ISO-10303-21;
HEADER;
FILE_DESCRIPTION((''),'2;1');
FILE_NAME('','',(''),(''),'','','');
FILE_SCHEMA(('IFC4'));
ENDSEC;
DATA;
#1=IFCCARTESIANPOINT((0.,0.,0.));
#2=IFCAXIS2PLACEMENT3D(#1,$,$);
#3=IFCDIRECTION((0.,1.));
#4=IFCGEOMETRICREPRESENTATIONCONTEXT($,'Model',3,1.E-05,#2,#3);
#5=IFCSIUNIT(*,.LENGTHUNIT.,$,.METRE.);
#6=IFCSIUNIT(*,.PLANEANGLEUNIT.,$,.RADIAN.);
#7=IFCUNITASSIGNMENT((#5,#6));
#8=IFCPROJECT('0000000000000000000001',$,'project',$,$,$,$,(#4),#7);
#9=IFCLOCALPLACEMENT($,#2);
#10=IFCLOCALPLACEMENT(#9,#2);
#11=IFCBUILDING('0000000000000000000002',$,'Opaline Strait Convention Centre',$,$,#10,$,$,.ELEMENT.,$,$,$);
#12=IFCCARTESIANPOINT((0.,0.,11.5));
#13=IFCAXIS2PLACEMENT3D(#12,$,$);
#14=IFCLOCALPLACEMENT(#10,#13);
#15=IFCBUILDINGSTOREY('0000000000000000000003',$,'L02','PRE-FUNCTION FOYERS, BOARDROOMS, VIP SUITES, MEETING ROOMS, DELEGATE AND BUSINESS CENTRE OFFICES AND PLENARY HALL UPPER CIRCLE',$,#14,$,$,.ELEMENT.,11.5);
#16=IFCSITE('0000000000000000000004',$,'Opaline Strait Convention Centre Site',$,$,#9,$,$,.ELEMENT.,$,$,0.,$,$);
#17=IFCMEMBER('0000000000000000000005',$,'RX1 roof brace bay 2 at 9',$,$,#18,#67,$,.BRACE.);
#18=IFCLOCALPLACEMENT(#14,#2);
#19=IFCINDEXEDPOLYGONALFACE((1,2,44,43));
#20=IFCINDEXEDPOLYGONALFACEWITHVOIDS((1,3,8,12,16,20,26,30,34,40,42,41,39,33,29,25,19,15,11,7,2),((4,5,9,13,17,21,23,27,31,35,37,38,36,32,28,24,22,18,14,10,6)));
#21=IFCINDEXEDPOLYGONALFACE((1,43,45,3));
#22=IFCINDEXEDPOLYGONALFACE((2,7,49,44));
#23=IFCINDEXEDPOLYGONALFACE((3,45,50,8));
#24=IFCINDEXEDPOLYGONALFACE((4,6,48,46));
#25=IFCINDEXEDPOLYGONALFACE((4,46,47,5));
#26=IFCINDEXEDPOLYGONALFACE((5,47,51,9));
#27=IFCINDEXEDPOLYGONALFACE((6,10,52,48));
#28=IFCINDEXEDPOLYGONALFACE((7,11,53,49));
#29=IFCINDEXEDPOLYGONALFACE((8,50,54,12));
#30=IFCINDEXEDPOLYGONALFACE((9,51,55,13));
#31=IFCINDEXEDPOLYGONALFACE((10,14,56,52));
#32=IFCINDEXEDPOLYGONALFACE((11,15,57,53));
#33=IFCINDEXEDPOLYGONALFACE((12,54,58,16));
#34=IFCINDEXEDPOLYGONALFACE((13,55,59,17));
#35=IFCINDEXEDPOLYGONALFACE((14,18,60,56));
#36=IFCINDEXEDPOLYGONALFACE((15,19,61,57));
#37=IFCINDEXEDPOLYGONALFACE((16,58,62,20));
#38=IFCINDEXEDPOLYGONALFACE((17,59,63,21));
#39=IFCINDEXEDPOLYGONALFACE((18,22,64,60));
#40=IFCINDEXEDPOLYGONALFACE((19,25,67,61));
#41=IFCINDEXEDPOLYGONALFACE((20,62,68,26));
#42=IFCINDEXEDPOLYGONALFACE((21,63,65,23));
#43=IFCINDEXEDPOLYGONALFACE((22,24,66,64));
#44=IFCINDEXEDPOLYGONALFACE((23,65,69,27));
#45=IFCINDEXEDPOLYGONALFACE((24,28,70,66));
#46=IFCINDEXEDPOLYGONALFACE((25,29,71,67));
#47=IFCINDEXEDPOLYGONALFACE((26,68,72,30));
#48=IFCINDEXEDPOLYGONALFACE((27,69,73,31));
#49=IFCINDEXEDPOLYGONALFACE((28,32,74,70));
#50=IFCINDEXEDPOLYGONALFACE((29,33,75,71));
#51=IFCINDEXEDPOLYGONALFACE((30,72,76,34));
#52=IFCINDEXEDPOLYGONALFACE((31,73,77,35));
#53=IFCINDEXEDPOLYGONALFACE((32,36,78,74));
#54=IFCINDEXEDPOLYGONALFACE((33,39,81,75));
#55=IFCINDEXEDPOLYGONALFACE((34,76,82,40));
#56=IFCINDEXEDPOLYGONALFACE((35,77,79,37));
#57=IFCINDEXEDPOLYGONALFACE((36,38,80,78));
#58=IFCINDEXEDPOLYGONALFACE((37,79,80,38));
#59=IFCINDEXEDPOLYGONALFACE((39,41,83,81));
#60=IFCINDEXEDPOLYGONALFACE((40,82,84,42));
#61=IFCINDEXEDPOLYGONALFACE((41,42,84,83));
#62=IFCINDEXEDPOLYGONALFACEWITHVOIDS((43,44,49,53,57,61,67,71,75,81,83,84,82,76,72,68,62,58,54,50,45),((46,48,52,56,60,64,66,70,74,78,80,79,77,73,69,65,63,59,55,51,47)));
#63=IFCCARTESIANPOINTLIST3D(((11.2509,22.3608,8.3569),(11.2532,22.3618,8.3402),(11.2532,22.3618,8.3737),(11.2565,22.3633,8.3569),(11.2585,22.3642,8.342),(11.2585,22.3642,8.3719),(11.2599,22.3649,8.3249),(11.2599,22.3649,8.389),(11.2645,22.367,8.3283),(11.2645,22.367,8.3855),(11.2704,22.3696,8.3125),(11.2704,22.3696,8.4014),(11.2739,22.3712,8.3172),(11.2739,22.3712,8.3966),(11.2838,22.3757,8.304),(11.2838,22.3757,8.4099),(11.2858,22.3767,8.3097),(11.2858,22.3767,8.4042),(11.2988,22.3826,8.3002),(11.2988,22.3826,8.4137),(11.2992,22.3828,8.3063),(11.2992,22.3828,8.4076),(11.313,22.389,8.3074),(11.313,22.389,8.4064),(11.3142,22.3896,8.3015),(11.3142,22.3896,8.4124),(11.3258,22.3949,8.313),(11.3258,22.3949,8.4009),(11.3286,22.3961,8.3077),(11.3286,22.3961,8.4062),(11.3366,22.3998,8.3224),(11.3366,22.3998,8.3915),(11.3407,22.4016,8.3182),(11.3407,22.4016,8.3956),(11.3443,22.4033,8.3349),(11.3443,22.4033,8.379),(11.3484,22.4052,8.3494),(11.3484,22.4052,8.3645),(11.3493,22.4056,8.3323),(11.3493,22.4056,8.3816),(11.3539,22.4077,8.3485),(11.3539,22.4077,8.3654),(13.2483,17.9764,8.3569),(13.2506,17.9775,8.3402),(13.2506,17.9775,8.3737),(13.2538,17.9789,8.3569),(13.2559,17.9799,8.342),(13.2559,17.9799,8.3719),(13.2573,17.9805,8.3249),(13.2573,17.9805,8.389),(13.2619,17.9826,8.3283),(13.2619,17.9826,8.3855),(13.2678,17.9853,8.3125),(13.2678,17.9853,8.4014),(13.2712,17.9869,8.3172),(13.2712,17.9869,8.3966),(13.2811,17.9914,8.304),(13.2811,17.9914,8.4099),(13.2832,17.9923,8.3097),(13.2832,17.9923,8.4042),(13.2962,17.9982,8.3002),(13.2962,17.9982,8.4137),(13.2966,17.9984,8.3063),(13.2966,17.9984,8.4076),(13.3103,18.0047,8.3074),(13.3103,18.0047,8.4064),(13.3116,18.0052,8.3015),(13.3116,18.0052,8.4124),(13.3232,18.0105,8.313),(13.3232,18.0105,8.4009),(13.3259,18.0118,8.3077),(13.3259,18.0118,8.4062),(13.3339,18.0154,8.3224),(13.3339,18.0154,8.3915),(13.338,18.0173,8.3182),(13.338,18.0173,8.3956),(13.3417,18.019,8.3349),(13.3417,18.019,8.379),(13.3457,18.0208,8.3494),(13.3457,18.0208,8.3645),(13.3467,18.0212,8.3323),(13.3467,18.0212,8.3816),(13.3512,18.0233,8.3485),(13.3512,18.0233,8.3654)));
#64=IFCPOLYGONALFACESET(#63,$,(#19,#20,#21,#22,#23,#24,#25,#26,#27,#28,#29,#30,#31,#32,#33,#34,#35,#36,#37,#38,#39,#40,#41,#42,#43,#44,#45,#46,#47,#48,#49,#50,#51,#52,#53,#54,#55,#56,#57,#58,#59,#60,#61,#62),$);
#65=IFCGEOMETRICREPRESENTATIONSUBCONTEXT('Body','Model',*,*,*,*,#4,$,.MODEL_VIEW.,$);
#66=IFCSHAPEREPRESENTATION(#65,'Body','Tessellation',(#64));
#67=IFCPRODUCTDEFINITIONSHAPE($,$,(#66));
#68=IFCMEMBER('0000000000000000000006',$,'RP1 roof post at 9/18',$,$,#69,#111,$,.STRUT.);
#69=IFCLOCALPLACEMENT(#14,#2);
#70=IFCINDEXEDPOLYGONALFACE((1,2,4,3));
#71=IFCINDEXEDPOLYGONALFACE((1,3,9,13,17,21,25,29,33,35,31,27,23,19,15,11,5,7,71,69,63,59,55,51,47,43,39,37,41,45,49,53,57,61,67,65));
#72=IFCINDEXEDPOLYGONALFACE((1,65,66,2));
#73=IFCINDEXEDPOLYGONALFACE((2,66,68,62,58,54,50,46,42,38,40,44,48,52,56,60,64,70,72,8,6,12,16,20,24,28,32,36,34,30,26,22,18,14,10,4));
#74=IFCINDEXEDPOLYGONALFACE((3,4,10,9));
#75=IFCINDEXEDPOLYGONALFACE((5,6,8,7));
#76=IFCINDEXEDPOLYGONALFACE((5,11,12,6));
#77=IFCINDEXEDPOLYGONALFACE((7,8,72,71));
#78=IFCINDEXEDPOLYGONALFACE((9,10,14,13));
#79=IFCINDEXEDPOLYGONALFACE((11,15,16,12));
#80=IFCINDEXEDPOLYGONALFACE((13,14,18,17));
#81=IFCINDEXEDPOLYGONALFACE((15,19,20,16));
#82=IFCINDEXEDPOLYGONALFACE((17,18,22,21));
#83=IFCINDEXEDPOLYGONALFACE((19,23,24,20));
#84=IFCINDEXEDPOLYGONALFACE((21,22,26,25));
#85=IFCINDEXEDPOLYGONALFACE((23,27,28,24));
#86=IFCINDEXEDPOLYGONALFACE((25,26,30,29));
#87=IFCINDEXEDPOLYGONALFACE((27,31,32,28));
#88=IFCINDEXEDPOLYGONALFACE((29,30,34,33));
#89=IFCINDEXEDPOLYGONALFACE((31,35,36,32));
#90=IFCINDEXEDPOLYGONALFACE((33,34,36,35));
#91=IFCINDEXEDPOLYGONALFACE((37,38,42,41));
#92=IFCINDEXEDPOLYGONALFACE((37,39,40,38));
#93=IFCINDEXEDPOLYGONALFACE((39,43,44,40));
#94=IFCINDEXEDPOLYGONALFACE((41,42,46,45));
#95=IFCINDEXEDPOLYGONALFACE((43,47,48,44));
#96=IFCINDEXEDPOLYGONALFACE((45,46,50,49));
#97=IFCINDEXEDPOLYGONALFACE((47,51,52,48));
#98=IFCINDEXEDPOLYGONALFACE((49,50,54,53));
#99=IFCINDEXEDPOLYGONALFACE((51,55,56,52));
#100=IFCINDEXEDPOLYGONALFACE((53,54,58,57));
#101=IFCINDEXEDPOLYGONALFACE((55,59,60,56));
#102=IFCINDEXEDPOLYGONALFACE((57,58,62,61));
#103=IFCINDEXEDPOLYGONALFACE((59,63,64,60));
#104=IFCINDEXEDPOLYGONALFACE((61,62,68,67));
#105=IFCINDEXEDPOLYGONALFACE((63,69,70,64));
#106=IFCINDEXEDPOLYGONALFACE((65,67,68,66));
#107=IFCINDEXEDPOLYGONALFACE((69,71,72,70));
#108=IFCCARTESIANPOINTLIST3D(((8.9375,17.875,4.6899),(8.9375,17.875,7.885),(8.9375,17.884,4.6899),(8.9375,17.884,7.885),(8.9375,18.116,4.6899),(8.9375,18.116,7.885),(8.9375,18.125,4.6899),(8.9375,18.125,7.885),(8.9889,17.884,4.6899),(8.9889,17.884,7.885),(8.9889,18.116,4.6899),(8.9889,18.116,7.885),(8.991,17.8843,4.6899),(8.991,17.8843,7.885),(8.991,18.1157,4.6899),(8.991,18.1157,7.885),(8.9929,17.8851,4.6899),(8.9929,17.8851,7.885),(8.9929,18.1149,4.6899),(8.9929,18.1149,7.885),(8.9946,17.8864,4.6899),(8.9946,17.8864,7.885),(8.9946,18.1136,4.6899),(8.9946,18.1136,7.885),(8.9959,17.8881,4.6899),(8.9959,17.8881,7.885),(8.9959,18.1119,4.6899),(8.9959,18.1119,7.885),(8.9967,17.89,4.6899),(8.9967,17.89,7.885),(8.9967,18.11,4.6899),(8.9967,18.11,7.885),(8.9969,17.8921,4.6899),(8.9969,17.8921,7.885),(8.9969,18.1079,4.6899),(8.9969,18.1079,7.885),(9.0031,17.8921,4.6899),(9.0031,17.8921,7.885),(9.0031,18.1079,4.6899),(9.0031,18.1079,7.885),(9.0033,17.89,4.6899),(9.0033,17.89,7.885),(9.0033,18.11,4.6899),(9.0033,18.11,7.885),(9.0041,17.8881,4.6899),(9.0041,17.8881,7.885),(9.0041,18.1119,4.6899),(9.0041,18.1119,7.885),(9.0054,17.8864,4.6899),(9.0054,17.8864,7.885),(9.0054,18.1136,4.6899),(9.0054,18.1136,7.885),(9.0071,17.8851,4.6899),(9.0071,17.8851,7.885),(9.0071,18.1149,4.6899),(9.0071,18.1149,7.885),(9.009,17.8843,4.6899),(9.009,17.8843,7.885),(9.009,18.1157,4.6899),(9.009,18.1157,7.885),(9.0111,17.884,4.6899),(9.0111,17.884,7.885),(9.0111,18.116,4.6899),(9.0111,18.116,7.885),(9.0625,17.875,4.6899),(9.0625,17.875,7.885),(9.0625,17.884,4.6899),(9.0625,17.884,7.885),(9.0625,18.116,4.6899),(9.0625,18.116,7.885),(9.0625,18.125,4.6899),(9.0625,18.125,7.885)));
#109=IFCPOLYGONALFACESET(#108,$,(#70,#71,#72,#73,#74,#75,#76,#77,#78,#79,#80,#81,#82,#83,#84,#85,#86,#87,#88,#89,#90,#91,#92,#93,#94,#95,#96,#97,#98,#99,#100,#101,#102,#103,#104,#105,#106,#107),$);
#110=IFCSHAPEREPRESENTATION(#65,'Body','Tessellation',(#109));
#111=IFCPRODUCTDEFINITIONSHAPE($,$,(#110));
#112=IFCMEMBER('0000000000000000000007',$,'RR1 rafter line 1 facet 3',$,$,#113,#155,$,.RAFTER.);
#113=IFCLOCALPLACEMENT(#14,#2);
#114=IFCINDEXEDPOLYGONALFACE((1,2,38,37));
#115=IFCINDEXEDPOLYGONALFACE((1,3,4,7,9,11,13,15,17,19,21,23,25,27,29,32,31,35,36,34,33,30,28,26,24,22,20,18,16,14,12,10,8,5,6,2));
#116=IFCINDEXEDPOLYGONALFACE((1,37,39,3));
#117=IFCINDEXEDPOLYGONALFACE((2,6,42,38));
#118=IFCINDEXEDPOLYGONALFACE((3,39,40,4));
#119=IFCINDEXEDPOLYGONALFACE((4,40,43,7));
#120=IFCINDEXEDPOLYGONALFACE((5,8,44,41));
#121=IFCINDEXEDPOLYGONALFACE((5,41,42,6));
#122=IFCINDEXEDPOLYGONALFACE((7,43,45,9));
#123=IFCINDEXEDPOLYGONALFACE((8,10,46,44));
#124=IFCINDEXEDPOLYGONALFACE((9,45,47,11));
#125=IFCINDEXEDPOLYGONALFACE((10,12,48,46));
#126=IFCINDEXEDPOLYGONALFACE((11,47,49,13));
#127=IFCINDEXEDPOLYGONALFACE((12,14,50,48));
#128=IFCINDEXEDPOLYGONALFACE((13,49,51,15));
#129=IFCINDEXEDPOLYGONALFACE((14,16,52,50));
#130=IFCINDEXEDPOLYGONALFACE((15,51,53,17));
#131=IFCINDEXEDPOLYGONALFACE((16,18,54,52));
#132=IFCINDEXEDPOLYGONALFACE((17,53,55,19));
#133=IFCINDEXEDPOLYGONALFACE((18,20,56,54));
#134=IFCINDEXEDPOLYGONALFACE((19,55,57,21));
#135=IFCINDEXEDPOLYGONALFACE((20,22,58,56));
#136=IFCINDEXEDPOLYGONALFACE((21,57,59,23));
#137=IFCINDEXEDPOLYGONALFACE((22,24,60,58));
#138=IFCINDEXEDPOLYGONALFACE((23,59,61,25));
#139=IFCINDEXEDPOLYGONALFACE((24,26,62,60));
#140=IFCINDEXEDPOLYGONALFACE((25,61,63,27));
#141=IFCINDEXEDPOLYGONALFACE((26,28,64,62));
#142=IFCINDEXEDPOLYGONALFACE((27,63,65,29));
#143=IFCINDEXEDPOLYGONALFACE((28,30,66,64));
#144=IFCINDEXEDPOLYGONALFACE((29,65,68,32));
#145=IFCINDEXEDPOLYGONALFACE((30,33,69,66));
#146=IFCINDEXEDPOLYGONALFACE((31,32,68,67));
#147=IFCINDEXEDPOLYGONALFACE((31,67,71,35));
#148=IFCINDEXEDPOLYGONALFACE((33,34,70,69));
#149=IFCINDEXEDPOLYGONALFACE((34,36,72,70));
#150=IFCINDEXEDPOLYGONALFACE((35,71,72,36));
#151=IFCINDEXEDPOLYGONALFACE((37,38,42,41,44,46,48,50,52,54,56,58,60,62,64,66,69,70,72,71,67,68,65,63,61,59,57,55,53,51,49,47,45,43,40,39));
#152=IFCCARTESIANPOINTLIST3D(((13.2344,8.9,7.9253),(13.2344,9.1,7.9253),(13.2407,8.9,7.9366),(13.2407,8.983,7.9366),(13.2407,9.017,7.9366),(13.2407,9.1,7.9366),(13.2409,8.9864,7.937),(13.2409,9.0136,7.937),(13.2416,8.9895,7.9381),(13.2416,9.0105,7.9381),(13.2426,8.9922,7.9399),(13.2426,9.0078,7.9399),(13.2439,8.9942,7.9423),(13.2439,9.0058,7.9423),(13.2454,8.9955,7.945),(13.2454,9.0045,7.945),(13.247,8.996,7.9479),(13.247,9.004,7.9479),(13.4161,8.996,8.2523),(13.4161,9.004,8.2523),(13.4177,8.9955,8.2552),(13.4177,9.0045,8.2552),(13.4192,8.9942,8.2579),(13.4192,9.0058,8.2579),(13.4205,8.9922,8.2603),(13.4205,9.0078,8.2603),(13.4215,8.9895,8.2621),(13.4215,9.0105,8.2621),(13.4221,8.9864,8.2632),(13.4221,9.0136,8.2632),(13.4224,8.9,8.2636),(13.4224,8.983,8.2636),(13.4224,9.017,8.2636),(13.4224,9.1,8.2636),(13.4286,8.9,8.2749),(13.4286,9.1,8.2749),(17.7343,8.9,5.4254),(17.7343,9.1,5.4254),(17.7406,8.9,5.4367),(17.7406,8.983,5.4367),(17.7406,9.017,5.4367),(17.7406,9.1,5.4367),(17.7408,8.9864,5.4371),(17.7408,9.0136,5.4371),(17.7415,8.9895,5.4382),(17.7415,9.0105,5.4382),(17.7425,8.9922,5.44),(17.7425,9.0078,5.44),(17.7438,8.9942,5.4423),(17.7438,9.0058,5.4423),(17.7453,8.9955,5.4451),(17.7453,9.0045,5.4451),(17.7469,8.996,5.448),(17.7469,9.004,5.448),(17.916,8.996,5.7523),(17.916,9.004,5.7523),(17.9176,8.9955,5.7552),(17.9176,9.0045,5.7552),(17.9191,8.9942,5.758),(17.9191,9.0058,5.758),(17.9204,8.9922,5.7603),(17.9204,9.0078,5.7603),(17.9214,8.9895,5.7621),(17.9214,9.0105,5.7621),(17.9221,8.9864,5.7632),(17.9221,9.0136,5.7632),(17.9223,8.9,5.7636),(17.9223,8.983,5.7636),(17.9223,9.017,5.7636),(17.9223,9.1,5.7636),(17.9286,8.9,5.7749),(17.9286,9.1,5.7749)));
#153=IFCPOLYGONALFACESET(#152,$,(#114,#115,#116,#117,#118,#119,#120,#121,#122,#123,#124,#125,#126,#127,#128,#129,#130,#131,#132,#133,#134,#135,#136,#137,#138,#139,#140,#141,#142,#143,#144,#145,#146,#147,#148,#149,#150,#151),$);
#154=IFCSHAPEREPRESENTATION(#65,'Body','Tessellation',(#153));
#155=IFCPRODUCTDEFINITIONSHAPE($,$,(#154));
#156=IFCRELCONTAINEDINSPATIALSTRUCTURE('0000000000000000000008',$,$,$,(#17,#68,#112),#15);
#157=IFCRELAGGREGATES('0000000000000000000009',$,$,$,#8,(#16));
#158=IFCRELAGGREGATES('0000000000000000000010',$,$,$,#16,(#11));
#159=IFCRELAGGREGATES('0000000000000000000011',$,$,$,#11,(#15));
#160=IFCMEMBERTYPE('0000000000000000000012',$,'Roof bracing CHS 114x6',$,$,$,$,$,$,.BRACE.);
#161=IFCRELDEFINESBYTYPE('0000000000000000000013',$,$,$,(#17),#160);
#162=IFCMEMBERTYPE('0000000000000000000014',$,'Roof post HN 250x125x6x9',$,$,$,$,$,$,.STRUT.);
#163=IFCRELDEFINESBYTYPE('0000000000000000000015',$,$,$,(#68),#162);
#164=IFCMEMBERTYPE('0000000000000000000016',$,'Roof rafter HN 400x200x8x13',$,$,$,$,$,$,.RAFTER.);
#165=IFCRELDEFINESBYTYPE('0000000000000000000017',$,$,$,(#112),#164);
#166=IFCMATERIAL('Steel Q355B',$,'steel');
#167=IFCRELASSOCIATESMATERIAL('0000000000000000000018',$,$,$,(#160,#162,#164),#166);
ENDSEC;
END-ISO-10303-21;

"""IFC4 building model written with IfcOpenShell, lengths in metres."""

from ifc_helpers import new_model, si_unit, direction, frame, origin, origin_2d, place, context, subcontext, project, spatial, hollow_circle, i_section, extrude, material, material_profile, profile_set, type_object, element, save


model = new_model("IFC4")

# Units and contexts
model_context = context("Model", 3, precision=1e-05, world=origin(), true_north=direction((0.0, 1.0)))
body_context = subcontext(model_context, "Body", "Model", "MODEL_VIEW")
ifc_project = project(units=[si_unit("LENGTHUNIT", "METRE"), si_unit("PLANEANGLEUNIT", "RADIAN")], contexts=[model_context])

# Site, building, storey
site_placement = place(None, origin())
site = spatial("IfcSite", under=ifc_project, at=site_placement, Name="Opaline Strait Convention Centre Site", CompositionType="ELEMENT", RefElevation=0.0)
building_placement = place(site_placement, origin())
building = spatial("IfcBuilding", under=site, at=building_placement, Name="Opaline Strait Convention Centre", CompositionType="ELEMENT")
storey_placement = place(building_placement, frame((0.0, 0.0, 11.5)))
storey = spatial("IfcBuildingStorey", under=building, at=storey_placement, Name="L02", Description="PRE-FUNCTION FOYERS, BOARDROOMS, VIP SUITES, MEETING ROOMS, DELEGATE AND BUSINESS CENTRE OFFICES AND PLENARY HALL UPPER CIRCLE", CompositionType="ELEMENT", Elevation=11.5)

# Shared definitions
ifc_material_1 = material(Name="Steel Q355B", Category="steel")

# Members
ifc_material_profile_1 = material_profile(ifc_material_1, hollow_circle(Radius=0.0569, WallThickness=0.0061, at=origin_2d()), Name="CHS 114x6")
ifc_profile_set_1 = profile_set([ifc_material_profile_1], Name="Steel Q355B")
member_type_1 = type_object("IfcMemberType", Name="Roof bracing CHS 114x6", PredefinedType="BRACE", material=ifc_profile_set_1)
member_1_placement = place(storey_placement, frame((13.3, 18.0, 8.3569), z_axis=(-0.41457, 0.910017, 0.0), x_axis=(-0.910017, -0.41457, 0.0)))
element("IfcMember", 1, at=member_1_placement, inside=storey, type_object=member_type_1, Name="RX1 roof brace bay 2 at 9", PredefinedType="BRACE", context=body_context, shape_type="SweptSolid", body=[
    extrude(hollow_circle(Radius=0.0569, WallThickness=0.0061, at=origin_2d()), origin(), (0.0, 0.0, 1.0), 4.8179),
])
ifc_material_profile_2 = material_profile(ifc_material_1, i_section(OverallWidth=0.125, OverallDepth=0.25, WebThickness=0.0061, FlangeThickness=0.009, FilletRadius=0.0081, at=origin_2d()), Name="HN 250x125x6x9")
ifc_profile_set_2 = profile_set([ifc_material_profile_2], Name="Steel Q355B")
member_type_2 = type_object("IfcMemberType", Name="Roof post HN 250x125x6x9", PredefinedType="STRUT", material=ifc_profile_set_2)
member_2_placement = place(storey_placement, frame((9.0, 18.0, 4.6899), z_axis=(0.0, 0.0, 1.0), x_axis=(1.0, 0.0, 0.0)))
element("IfcMember", 2, at=member_2_placement, inside=storey, type_object=member_type_2, Name="RP1 roof post at 9/18", PredefinedType="STRUT", context=body_context, shape_type="SweptSolid", body=[
    extrude(i_section(OverallWidth=0.125, OverallDepth=0.25, WebThickness=0.0061, FlangeThickness=0.009, FilletRadius=0.0081, at=origin_2d()), origin(), (0.0, 0.0, 1.0), 3.1951),
])
ifc_material_profile_3 = material_profile(ifc_material_1, i_section(OverallWidth=0.2, OverallDepth=0.3999, WebThickness=0.0081, FlangeThickness=0.0129, FilletRadius=0.0129, at=origin_2d()), Name="HN 400x200x8x13")
ifc_profile_set_3 = profile_set([ifc_material_profile_3], Name="Steel Q355B")
member_type_3 = type_object("IfcMemberType", Name="Roof rafter HN 400x200x8x13", PredefinedType="RAFTER", material=ifc_profile_set_3)
member_3_placement = place(storey_placement, frame((13.3315, 9.0, 8.1001), z_axis=(0.874157, 0.0, -0.485643), x_axis=(0.0, 1.0, 0.0)))
element("IfcMember", 3, at=member_3_placement, inside=storey, type_object=member_type_3, Name="RR1 rafter line 1 facet 3", PredefinedType="RAFTER", context=body_context, shape_type="SweptSolid", body=[
    extrude(i_section(OverallWidth=0.2, OverallDepth=0.3999, WebThickness=0.0081, FlangeThickness=0.0129, FilletRadius=0.0129, at=origin_2d()), origin(), (0.0, 0.0, 1.0), 5.1477),
])

save(model, "model.ifc")
